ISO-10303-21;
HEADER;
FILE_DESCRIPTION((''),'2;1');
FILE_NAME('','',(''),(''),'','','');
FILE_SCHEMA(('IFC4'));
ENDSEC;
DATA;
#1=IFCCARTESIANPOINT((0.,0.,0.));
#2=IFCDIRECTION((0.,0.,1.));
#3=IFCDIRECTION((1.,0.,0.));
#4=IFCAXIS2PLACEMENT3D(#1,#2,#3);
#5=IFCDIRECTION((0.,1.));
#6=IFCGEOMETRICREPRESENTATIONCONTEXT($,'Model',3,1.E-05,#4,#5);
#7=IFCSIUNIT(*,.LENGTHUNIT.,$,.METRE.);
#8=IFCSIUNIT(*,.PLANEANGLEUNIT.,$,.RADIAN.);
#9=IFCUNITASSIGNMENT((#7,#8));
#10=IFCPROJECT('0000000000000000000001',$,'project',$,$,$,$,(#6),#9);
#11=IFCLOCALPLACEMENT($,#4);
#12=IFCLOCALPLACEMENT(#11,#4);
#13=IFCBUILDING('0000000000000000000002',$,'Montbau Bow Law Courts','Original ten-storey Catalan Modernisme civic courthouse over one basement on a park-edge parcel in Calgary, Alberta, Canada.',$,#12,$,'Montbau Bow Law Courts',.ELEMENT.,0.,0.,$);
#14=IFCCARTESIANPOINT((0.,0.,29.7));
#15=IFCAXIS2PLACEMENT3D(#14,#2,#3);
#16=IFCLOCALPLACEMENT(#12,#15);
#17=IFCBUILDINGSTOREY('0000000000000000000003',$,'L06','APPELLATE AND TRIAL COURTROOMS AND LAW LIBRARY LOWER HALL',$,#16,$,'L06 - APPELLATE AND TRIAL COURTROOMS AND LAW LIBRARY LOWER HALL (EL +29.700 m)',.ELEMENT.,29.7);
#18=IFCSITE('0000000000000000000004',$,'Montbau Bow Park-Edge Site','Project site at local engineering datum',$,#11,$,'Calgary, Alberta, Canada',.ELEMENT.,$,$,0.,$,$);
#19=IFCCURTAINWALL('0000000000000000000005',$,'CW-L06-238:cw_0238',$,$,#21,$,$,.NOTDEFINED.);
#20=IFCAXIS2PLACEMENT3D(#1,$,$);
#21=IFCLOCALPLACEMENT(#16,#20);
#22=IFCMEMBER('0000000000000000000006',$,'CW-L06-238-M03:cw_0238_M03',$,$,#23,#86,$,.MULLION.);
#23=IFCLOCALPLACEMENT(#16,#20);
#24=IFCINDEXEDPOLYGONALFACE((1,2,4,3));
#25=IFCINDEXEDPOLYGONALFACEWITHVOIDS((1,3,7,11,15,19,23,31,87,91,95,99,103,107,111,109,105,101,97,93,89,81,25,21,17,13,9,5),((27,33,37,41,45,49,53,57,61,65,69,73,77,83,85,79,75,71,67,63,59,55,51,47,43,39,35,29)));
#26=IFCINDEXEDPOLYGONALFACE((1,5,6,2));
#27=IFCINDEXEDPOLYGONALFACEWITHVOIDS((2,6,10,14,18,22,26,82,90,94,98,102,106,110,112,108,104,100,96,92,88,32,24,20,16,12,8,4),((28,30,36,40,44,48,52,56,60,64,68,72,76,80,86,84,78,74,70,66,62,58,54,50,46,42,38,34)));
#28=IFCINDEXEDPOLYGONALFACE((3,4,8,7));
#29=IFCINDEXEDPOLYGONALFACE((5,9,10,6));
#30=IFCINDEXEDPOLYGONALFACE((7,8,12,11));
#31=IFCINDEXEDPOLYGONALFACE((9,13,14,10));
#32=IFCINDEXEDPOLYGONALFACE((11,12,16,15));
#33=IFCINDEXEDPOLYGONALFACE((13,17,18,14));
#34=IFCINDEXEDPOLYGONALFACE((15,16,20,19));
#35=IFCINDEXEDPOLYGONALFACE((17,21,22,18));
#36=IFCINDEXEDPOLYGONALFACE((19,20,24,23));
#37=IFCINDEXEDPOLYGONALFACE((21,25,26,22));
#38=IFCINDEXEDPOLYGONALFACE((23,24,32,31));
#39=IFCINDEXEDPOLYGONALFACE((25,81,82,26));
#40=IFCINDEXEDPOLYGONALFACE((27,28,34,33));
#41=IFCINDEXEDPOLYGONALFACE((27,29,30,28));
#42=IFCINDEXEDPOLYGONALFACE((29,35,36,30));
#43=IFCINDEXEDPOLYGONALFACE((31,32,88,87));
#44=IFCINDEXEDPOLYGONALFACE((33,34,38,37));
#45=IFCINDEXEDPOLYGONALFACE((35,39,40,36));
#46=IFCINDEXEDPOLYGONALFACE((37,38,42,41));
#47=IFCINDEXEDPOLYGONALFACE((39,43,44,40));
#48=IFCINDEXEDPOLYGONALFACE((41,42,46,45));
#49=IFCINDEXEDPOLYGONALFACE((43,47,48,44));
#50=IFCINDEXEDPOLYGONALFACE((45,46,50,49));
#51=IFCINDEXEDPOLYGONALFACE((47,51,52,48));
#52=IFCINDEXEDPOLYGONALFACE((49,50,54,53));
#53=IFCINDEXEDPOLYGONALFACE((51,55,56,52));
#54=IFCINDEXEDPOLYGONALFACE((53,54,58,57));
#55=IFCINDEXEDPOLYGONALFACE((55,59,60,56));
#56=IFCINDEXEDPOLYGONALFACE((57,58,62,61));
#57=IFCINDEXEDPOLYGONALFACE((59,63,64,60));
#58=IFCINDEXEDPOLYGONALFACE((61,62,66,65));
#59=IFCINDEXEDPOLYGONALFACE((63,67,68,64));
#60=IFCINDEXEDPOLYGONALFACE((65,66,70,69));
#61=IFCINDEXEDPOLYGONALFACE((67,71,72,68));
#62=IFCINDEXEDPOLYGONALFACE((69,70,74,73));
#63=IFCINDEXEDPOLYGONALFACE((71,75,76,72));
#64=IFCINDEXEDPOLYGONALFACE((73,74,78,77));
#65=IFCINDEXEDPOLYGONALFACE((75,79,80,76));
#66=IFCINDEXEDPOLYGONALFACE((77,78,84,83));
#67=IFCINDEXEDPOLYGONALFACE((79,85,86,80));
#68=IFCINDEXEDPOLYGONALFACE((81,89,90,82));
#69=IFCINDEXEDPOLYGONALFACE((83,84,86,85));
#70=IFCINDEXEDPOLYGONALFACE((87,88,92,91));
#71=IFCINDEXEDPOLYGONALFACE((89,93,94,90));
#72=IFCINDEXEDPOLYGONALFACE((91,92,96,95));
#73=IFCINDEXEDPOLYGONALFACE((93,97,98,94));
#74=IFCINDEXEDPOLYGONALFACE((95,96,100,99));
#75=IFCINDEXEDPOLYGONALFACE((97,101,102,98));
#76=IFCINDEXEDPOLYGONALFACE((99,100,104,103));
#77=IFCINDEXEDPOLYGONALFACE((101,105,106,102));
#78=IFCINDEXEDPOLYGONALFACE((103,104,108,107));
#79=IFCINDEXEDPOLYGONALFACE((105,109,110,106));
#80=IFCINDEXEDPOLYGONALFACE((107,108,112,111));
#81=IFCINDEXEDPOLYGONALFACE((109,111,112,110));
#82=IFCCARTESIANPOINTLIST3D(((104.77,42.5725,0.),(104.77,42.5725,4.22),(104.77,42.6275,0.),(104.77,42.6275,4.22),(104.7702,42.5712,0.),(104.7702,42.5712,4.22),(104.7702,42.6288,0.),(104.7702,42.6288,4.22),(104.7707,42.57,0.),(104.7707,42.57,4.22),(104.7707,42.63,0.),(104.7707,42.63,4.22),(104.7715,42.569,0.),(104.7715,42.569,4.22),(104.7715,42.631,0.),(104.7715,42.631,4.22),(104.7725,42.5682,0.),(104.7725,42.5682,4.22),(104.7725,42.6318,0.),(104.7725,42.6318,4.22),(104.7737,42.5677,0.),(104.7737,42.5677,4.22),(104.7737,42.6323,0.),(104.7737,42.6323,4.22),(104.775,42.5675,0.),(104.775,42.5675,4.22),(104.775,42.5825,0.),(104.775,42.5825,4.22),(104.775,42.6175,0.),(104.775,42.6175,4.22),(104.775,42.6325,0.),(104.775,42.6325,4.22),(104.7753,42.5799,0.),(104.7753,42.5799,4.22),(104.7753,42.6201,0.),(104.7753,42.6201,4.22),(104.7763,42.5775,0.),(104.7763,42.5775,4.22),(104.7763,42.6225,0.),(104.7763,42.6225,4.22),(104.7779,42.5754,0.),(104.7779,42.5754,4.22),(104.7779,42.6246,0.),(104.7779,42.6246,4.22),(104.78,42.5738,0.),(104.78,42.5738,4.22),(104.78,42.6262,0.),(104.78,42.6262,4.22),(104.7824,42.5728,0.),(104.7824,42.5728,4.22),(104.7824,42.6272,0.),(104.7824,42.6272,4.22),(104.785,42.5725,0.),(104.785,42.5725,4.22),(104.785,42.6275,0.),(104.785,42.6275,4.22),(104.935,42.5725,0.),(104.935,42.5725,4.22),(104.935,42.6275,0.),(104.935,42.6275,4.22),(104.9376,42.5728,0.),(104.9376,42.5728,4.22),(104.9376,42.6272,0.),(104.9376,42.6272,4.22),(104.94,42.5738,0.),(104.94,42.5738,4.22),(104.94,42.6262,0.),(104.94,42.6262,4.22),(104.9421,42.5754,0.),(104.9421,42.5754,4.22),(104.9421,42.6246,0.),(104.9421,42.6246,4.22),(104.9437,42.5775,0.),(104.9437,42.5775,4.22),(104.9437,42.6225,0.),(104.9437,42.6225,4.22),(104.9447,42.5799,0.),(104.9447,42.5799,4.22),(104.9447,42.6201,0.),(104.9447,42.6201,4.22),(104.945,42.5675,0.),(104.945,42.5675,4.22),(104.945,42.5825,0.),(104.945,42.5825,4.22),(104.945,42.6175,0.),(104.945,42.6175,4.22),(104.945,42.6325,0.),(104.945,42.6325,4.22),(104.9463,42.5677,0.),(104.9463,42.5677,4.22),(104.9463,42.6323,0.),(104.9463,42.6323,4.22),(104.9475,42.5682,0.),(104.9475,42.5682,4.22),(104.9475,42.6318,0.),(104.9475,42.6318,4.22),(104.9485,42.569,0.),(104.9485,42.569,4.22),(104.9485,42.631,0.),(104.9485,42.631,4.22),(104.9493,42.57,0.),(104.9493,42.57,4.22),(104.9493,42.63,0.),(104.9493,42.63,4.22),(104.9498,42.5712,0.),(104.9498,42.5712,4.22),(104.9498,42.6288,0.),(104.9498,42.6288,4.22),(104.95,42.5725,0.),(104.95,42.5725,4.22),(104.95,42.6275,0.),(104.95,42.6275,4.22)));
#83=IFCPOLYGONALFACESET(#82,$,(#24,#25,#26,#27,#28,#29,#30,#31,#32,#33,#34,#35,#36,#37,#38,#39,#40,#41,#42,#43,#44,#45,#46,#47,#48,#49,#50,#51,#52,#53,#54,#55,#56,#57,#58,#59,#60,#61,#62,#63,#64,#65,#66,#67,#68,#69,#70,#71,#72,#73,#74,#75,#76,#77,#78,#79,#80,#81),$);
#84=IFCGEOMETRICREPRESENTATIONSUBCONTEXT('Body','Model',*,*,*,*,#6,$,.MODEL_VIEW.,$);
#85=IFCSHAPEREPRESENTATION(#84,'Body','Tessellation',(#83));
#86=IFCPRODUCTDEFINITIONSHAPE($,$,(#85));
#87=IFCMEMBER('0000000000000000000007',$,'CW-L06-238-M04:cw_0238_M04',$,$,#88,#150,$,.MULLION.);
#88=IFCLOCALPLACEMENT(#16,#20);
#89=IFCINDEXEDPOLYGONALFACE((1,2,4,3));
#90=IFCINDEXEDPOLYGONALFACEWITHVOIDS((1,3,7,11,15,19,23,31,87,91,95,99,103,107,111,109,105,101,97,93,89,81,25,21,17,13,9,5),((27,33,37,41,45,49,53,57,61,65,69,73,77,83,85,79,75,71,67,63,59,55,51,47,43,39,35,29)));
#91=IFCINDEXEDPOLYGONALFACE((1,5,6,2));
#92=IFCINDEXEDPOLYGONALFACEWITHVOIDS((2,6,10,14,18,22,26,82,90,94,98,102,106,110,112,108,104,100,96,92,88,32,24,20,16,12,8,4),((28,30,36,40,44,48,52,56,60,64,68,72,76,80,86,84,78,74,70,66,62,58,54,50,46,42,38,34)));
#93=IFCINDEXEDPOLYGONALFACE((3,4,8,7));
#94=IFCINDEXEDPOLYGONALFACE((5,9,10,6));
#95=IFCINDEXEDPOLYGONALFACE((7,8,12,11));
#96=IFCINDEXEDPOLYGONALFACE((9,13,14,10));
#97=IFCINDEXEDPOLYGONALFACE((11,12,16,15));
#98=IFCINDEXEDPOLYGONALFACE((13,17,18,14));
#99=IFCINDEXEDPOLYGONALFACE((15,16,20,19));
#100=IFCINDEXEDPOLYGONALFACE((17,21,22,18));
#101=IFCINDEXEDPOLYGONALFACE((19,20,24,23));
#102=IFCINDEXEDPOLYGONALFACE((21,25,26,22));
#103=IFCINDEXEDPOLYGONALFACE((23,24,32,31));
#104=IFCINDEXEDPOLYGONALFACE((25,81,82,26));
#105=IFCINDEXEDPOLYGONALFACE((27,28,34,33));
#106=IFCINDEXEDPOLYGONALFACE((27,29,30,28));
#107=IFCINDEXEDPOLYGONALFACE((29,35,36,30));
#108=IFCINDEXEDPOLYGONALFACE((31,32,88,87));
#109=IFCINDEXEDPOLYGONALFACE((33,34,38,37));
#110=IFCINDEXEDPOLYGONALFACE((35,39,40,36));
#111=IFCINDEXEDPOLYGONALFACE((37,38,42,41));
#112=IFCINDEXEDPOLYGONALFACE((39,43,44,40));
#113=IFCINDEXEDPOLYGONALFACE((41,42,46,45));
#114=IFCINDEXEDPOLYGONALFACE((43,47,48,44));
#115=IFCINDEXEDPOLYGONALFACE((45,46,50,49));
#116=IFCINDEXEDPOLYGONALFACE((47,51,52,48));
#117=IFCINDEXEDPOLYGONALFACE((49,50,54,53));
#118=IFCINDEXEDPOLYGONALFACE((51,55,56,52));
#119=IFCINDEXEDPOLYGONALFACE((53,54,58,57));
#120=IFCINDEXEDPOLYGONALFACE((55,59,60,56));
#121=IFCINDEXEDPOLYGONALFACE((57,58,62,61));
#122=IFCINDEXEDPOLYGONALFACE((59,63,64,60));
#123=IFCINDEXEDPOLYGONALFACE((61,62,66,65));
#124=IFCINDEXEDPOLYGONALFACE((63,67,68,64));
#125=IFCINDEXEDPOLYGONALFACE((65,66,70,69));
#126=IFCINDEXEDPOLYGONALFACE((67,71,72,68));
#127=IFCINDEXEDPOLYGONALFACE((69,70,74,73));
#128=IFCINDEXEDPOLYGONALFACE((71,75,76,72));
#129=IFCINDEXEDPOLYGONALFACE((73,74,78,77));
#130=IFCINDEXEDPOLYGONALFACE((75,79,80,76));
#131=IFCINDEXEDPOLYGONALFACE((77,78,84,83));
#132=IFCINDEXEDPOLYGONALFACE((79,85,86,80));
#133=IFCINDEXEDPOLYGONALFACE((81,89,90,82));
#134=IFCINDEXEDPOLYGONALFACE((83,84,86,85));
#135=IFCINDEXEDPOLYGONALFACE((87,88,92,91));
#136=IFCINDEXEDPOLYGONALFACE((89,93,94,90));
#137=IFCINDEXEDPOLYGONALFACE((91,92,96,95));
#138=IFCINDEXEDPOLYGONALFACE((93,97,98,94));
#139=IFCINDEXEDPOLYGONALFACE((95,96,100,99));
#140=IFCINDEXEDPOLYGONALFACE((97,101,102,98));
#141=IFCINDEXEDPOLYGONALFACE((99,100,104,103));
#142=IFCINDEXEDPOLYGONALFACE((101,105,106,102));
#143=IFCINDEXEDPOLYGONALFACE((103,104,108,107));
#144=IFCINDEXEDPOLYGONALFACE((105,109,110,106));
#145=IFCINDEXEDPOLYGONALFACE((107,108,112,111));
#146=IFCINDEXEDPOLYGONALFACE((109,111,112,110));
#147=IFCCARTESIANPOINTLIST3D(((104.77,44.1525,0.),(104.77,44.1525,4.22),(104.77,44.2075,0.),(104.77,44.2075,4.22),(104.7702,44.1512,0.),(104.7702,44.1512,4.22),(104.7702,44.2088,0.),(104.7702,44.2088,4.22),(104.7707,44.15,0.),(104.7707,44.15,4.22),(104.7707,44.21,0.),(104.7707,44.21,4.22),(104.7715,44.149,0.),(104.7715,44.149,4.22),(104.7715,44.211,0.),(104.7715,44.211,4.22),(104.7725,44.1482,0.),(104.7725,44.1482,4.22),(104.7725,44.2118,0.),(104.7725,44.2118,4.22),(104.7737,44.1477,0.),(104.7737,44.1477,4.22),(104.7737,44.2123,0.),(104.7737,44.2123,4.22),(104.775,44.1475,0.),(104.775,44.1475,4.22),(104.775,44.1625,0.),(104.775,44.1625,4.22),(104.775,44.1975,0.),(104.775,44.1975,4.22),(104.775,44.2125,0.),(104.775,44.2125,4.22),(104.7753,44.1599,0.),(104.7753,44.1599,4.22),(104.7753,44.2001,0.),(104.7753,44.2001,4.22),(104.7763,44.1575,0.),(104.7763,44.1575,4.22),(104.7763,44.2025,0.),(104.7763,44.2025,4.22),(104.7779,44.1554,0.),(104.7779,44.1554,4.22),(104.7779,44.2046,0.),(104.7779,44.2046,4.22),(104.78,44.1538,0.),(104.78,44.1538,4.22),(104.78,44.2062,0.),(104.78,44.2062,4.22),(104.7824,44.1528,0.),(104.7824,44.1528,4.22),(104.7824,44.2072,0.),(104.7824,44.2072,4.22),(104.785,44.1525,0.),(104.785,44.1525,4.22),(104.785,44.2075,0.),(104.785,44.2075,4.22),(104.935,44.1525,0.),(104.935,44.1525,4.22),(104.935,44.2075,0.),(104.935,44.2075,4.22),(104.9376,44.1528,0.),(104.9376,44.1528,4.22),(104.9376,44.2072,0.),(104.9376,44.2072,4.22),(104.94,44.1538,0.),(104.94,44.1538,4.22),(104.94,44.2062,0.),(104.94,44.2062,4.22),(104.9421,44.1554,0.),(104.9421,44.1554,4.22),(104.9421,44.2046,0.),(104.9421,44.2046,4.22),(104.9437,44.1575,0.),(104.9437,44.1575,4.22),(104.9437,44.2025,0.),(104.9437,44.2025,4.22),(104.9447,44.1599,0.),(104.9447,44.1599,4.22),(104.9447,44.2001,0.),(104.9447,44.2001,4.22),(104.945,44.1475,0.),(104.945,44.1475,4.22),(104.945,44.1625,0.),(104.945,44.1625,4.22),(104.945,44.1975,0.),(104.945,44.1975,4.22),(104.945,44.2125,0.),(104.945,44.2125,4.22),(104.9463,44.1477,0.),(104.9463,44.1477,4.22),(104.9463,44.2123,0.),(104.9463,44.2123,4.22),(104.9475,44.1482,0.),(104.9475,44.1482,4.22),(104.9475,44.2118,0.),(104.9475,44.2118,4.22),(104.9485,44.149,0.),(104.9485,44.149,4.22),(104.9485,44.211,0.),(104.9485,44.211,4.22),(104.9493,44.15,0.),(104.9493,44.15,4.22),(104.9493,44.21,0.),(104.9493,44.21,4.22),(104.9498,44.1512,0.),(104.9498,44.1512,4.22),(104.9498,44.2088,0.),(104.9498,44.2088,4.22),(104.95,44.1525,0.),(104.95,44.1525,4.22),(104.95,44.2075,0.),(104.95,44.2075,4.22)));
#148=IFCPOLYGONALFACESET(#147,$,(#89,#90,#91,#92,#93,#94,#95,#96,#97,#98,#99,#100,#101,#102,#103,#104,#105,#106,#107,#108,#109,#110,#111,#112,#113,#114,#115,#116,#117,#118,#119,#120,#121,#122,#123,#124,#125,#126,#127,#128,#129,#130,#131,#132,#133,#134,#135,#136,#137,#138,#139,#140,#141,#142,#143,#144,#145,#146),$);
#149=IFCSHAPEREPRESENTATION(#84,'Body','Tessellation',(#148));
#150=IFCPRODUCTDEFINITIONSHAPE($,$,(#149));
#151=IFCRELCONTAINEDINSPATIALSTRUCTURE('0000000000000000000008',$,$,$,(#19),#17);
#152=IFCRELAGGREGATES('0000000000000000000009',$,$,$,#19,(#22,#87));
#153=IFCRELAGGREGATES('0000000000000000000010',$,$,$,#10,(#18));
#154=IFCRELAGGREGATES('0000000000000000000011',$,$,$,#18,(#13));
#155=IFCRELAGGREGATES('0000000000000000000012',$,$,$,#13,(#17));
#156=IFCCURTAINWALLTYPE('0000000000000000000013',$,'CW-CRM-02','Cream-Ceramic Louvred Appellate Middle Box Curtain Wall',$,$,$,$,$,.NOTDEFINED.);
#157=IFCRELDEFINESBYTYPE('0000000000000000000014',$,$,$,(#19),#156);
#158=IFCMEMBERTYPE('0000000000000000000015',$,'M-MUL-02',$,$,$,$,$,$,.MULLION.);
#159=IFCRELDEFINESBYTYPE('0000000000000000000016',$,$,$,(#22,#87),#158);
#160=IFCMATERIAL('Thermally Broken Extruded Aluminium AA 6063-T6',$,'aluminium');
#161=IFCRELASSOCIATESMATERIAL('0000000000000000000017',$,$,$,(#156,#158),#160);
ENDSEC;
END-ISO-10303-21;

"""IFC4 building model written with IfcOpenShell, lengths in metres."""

from ifc_helpers import new_model, si_unit, direction, frame, origin_with_axes, origin_2d_with_axis, place, context, subcontext, project, spatial, hollow_rectangle, extrude, material, material_profile, profile_set, type_object, element, aggregate, save


model = new_model("IFC4")

# Units and contexts
model_context = context("Model", 3, precision=1e-05, world=origin_with_axes(), true_north=direction((0.0, 1.0)))
body_context = subcontext(model_context, "Body", "Model", "MODEL_VIEW")
ifc_project = project(units=[si_unit("LENGTHUNIT", "METRE"), si_unit("PLANEANGLEUNIT", "RADIAN")], contexts=[model_context])

# Site, building, storey
site_placement = place(None, origin_with_axes())
site = spatial("IfcSite", under=ifc_project, at=site_placement, Name="Montbau Bow Park-Edge Site", Description="Project site at local engineering datum", LongName="Calgary, Alberta, Canada", CompositionType="ELEMENT", RefElevation=0.0)
building_placement = place(site_placement, origin_with_axes())
building = spatial("IfcBuilding", under=site, at=building_placement, Name="Montbau Bow Law Courts", Description="Original ten-storey Catalan Modernisme civic courthouse over one basement on a park-edge parcel in Calgary, Alberta, Canada.", LongName="Montbau Bow Law Courts", CompositionType="ELEMENT", ElevationOfRefHeight=0.0, ElevationOfTerrain=0.0)
storey_placement = place(building_placement, frame((0.0, 0.0, 29.7), z_axis=(0.0, 0.0, 1.0), x_axis=(1.0, 0.0, 0.0)))
storey = spatial("IfcBuildingStorey", under=building, at=storey_placement, Name="L06", Description="APPELLATE AND TRIAL COURTROOMS AND LAW LIBRARY LOWER HALL", LongName="L06 - APPELLATE AND TRIAL COURTROOMS AND LAW LIBRARY LOWER HALL (EL +29.700 m)", CompositionType="ELEMENT", Elevation=29.7)

# Shared definitions
ifc_material_1 = material(Name="Thermally Broken Extruded Aluminium AA 6063-T6", Category="aluminium")
curtain_wall_type = type_object("IfcCurtainWallType", Name="CW-CRM-02", Description="Cream-Ceramic Louvred Appellate Middle Box Curtain Wall", PredefinedType="NOTDEFINED", material=ifc_material_1)

# Curtain wall, members
curtain_wall_1_placement = place(None, frame((104.86, 39.44, 29.7), z_axis=(0.0, 0.0, 1.0), x_axis=(1.0, 0.0, 0.0)))
curtain_wall_1 = element("IfcCurtainWall", 1, at=curtain_wall_1_placement, inside=storey, type_object=curtain_wall_type, Name="CW-L06-238:cw_0238", PredefinedType="NOTDEFINED")
ifc_material_profile_1 = material_profile(ifc_material_1, hollow_rectangle(XDim=0.065, YDim=0.18, WallThickness=0.005, InnerFilletRadius=0.01, OuterFilletRadius=0.005, at=origin_2d_with_axis()), Name="CWM-180X65", Category="Main", Priority=0)
ifc_profile_set_1 = profile_set([ifc_material_profile_1], Name="Thermally Broken Extruded Aluminium AA 6063-T6")
member_type_1 = type_object("IfcMemberType", Name="M-MUL-02", PredefinedType="MULLION", material=ifc_profile_set_1)
member_1_placement = place(None, frame((104.86, 42.6, 29.7), z_axis=(0.0, 0.0, 1.0), x_axis=(0.0, 1.0, 0.0)))
member_1 = element("IfcMember", 2, at=member_1_placement, type_object=member_type_1, Name="CW-L06-238-M03:cw_0238_M03", PredefinedType="MULLION", context=body_context, shape_type="SweptSolid", body=[
    extrude(hollow_rectangle(XDim=0.065, YDim=0.18, WallThickness=0.005, InnerFilletRadius=0.01, OuterFilletRadius=0.005, at=origin_2d_with_axis()), origin_with_axes(), (0.0, 0.0, 1.0), 4.22),
])
member_2_placement = place(None, frame((104.86, 44.18, 29.7), z_axis=(0.0, 0.0, 1.0), x_axis=(0.0, 1.0, 0.0)))
member_2 = element("IfcMember", 3, at=member_2_placement, type_object=member_type_1, Name="CW-L06-238-M04:cw_0238_M04", PredefinedType="MULLION", context=body_context, shape_type="SweptSolid", body=[
    extrude(hollow_rectangle(XDim=0.065, YDim=0.18, WallThickness=0.005, InnerFilletRadius=0.01, OuterFilletRadius=0.005, at=origin_2d_with_axis()), origin_with_axes(), (0.0, 0.0, 1.0), 4.22),
])

aggregate(curtain_wall_1, [member_1, member_2])

save(model, "model.ifc")
